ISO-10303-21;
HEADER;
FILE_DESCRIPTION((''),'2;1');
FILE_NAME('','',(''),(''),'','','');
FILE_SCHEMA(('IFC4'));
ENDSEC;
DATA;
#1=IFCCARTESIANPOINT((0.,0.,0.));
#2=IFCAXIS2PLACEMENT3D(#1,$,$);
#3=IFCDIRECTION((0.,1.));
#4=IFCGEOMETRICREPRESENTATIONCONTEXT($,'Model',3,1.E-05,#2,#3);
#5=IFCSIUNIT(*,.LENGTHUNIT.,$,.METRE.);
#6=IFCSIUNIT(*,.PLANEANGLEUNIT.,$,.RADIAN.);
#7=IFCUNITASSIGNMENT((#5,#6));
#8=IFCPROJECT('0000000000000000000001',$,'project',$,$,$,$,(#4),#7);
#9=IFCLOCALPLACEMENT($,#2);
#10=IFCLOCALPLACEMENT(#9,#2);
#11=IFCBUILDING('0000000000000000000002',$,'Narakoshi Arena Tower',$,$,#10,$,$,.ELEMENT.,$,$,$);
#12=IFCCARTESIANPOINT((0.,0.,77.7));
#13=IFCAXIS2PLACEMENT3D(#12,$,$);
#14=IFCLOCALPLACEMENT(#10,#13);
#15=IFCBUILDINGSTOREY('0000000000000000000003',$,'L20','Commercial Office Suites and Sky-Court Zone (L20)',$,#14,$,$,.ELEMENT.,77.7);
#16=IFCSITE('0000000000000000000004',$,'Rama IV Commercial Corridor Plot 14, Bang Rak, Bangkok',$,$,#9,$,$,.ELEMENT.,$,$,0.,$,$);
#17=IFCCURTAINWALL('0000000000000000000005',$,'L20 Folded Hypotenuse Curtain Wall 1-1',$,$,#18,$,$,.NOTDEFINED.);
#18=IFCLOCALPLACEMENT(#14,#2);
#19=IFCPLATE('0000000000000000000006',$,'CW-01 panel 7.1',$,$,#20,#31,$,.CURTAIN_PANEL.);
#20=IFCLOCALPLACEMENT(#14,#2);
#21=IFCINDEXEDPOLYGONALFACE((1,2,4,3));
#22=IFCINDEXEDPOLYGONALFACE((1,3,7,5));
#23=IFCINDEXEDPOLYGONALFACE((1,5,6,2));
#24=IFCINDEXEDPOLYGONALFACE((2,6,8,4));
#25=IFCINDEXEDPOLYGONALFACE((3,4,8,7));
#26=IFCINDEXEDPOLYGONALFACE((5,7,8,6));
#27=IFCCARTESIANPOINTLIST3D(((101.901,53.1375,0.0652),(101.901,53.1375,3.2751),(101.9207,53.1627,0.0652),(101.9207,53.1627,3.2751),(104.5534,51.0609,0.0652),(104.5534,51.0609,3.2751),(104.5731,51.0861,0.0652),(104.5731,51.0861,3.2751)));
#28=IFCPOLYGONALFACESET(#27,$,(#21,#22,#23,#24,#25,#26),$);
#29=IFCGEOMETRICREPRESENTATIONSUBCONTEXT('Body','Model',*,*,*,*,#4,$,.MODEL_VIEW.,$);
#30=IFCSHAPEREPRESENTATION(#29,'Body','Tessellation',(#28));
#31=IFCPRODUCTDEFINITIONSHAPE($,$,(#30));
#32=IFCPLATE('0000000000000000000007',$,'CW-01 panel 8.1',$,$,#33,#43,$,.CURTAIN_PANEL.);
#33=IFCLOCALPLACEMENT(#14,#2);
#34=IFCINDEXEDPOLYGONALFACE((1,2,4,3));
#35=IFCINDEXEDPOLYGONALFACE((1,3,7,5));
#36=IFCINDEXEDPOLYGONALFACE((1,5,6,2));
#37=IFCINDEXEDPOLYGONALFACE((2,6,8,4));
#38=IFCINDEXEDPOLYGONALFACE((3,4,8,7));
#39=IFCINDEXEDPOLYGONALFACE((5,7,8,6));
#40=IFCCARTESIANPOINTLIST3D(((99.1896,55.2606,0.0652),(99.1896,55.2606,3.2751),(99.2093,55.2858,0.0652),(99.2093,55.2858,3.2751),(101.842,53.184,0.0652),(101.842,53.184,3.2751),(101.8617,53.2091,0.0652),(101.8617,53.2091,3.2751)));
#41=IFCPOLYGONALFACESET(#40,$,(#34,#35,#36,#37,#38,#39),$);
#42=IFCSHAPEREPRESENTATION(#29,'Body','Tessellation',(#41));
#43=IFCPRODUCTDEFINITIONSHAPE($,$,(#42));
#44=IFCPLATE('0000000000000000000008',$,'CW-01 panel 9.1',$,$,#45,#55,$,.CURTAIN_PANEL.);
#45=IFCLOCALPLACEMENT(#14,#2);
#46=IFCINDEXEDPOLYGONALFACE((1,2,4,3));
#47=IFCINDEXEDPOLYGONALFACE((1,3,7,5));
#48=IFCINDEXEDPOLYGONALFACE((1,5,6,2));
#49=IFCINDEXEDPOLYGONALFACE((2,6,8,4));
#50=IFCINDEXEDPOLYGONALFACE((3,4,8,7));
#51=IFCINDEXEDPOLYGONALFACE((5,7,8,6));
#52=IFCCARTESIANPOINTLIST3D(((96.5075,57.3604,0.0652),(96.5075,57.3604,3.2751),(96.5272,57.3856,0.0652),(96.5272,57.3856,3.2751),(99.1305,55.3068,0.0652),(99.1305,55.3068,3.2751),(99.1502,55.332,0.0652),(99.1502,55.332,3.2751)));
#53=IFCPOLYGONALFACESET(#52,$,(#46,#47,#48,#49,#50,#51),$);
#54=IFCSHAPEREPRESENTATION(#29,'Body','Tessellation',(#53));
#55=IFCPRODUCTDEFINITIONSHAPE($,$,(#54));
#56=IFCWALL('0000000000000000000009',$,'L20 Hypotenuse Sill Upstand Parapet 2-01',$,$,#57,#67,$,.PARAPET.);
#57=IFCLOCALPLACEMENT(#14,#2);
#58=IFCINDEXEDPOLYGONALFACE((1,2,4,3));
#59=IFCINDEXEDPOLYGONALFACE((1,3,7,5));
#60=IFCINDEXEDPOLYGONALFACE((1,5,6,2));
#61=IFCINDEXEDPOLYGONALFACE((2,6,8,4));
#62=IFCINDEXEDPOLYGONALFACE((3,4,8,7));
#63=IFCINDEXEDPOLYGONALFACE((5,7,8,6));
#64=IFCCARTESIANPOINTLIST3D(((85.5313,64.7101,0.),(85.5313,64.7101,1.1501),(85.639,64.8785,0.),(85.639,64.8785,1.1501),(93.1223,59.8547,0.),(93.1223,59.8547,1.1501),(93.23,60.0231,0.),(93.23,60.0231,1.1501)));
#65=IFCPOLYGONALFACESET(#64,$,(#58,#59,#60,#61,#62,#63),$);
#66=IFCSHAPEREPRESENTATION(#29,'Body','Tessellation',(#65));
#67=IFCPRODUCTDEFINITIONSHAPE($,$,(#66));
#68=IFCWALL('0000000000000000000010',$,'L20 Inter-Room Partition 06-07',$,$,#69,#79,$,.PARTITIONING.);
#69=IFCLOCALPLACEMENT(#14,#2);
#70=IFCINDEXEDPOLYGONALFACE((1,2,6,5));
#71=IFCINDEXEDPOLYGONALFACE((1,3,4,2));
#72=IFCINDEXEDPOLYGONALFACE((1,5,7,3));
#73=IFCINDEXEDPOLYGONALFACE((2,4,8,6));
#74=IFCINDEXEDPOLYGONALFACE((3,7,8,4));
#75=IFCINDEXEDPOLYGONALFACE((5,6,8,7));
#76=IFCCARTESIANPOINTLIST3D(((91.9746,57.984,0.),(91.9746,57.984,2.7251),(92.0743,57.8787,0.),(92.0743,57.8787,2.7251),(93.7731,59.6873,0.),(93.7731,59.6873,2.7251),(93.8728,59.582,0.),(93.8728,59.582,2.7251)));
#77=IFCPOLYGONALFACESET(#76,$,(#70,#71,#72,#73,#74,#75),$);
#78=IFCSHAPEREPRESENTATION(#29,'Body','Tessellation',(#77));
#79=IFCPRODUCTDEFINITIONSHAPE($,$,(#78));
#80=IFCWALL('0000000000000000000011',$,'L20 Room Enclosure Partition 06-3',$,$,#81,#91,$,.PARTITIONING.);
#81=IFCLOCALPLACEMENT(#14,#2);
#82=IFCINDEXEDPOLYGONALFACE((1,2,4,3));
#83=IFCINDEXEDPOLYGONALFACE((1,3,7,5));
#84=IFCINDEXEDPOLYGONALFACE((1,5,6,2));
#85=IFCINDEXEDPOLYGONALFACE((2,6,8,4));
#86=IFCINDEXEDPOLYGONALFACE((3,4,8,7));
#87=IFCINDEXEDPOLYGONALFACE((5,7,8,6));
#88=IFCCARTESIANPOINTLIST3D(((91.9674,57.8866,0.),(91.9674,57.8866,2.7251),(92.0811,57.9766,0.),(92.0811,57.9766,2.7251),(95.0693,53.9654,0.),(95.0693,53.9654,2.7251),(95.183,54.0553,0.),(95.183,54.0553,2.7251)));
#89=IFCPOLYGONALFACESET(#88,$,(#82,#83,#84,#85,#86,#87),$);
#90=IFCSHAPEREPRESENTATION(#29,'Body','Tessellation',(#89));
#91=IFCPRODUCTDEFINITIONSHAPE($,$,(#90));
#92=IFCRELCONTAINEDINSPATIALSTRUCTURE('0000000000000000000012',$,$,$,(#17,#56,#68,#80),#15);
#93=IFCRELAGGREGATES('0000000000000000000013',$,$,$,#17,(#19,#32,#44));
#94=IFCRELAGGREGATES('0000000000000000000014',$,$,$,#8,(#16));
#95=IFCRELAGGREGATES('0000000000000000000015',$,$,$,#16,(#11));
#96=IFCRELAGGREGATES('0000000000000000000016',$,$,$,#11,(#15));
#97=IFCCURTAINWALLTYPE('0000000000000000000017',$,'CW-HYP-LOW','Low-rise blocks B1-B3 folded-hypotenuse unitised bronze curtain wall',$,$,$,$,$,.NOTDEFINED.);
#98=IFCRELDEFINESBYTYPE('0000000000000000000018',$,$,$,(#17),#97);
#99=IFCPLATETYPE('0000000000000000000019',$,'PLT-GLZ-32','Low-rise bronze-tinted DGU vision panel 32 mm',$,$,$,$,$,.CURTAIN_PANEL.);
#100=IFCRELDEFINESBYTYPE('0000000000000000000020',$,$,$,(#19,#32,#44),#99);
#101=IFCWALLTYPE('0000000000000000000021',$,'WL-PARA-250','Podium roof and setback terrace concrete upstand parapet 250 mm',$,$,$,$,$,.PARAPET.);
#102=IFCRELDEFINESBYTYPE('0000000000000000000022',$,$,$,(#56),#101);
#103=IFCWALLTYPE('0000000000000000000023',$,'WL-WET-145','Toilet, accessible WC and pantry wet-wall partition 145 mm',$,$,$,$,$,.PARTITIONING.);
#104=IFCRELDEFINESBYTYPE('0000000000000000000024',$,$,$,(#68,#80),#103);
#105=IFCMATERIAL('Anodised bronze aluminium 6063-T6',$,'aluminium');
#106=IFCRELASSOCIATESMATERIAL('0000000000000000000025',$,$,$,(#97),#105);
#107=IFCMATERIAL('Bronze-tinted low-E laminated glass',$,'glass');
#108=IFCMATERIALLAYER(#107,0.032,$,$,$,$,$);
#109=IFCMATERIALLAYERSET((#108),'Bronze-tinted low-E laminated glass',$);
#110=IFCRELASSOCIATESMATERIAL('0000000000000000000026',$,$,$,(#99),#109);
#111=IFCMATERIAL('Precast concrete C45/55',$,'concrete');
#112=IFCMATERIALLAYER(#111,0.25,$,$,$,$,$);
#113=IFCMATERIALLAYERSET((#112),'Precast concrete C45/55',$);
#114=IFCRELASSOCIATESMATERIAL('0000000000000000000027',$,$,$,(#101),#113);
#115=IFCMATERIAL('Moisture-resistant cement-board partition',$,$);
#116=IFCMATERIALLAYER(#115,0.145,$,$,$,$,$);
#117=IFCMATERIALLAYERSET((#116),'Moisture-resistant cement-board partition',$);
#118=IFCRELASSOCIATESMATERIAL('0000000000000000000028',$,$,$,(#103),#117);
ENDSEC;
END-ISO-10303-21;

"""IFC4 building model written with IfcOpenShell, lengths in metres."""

from ifc_helpers import new_model, si_unit, direction, frame, frame_2d, origin, origin_2d, place, context, subcontext, project, spatial, rectangle, extrude, material, layer, layer_set, type_object, element, aggregate, save


model = new_model("IFC4")

# Units and contexts
model_context = context("Model", 3, precision=1e-05, world=origin(), true_north=direction((0.0, 1.0)))
body_context = subcontext(model_context, "Body", "Model", "MODEL_VIEW")
ifc_project = project(units=[si_unit("LENGTHUNIT", "METRE"), si_unit("PLANEANGLEUNIT", "RADIAN")], contexts=[model_context])

# Site, building, storey
site_placement = place(None, origin())
site = spatial("IfcSite", under=ifc_project, at=site_placement, Name="Rama IV Commercial Corridor Plot 14, Bang Rak, Bangkok", CompositionType="ELEMENT", RefElevation=0.0)
building_placement = place(site_placement, origin())
building = spatial("IfcBuilding", under=site, at=building_placement, Name="Narakoshi Arena Tower", CompositionType="ELEMENT")
storey_placement = place(building_placement, frame((0.0, 0.0, 77.7)))
storey = spatial("IfcBuildingStorey", under=building, at=storey_placement, Name="L20", Description="Commercial Office Suites and Sky-Court Zone (L20)", CompositionType="ELEMENT", Elevation=77.7)

# Curtain wall, plates
ifc_material_1 = material(Name="Anodised bronze aluminium 6063-T6", Category="aluminium")
curtain_wall_type = type_object("IfcCurtainWallType", Name="CW-HYP-LOW", Description="Low-rise blocks B1-B3 folded-hypotenuse unitised bronze curtain wall", PredefinedType="NOTDEFINED", material=ifc_material_1)
curtain_wall_placement = place(storey_placement, origin())
curtain_wall = element("IfcCurtainWall", 1, at=curtain_wall_placement, inside=storey, type_object=curtain_wall_type, Name="L20 Folded Hypotenuse Curtain Wall 1-1", PredefinedType="NOTDEFINED")
ifc_material_2 = material(Name="Bronze-tinted low-E laminated glass", Category="glass")
ifc_layer_1 = layer(ifc_material_2, 0.032)
ifc_layer_set_1 = layer_set([ifc_layer_1], Name="Bronze-tinted low-E laminated glass")
plate_type = type_object("IfcPlateType", Name="PLT-GLZ-32", Description="Low-rise bronze-tinted DGU vision panel 32 mm", PredefinedType="CURTAIN_PANEL", material=ifc_layer_set_1)
plate_1_placement = place(storey_placement, frame((103.2371, 52.1118, 0.0652), z_axis=(0.0, 0.0, 1.0), x_axis=(-0.787388, 0.616458, 0.0)))
plate_1 = element("IfcPlate", 2, at=plate_1_placement, type_object=plate_type, Name="CW-01 panel 7.1", PredefinedType="CURTAIN_PANEL", context=body_context, shape_type="SweptSolid", body=[
    extrude(rectangle(XDim=3.3687, YDim=0.032, at=origin_2d()), origin(), (0.0, 0.0, 1.0), 3.21),
])
plate_2_placement = place(storey_placement, frame((100.5256, 54.2349, 0.0652), z_axis=(0.0, 0.0, 1.0), x_axis=(-0.787388, 0.616458, 0.0)))
plate_2 = element("IfcPlate", 3, at=plate_2_placement, type_object=plate_type, Name="CW-01 panel 8.1", PredefinedType="CURTAIN_PANEL", context=body_context, shape_type="SweptSolid", body=[
    extrude(rectangle(XDim=3.3687, YDim=0.032, at=origin_2d()), origin(), (0.0, 0.0, 1.0), 3.21),
])
plate_3_placement = place(storey_placement, frame((97.8289, 56.3462, 0.0652), z_axis=(0.0, 0.0, 1.0), x_axis=(-0.787388, 0.616458, 0.0)))
plate_3 = element("IfcPlate", 4, at=plate_3_placement, type_object=plate_type, Name="CW-01 panel 9.1", PredefinedType="CURTAIN_PANEL", context=body_context, shape_type="SweptSolid", body=[
    extrude(rectangle(XDim=3.3313, YDim=0.032, at=origin_2d()), origin(), (0.0, 0.0, 1.0), 3.21),
])
aggregate(curtain_wall, [plate_1, plate_2, plate_3])

# Walls
ifc_material_3 = material(Name="Precast concrete C45/55", Category="concrete")
ifc_layer_2 = layer(ifc_material_3, 0.25)
ifc_layer_set_2 = layer_set([ifc_layer_2], Name="Precast concrete C45/55")
wall_type_1 = type_object("IfcWallType", Name="WL-PARA-250", Description="Podium roof and setback terrace concrete upstand parapet 250 mm", PredefinedType="PARAPET", material=ifc_layer_set_2)
wall_1_placement = place(storey_placement, frame((93.176, 59.939, 0.0), z_axis=(0.0, 0.0, 1.0), x_axis=(-0.842413, 0.538832, 0.0)))
element("IfcWall", 5, at=wall_1_placement, inside=storey, type_object=wall_type_1, Name="L20 Hypotenuse Sill Upstand Parapet 2-01", PredefinedType="PARAPET", context=body_context, shape_type="SweptSolid", body=[
    extrude(rectangle(XDim=9.011, YDim=0.2, at=frame_2d((4.5054, 0.0))), origin(), (0.0, 0.0, 1.0), 1.1501),
])
ifc_material_4 = material(Name="Moisture-resistant cement-board partition")
ifc_layer_3 = layer(ifc_material_4, 0.145)
ifc_layer_set_3 = layer_set([ifc_layer_3], Name="Moisture-resistant cement-board partition")
wall_type_2 = type_object("IfcWallType", Name="WL-WET-145", Description="Toilet, accessible WC and pantry wet-wall partition 145 mm", PredefinedType="PARTITIONING", material=ifc_layer_set_3)
wall_2_placement = place(storey_placement, frame((92.0244, 57.9314, 0.0), z_axis=(0.0, 0.0, 1.0), x_axis=(0.726064, 0.687627, 0.0)))
element("IfcWall", 6, at=wall_2_placement, inside=storey, type_object=wall_type_2, Name="L20 Inter-Room Partition 06-07", PredefinedType="PARTITIONING", context=body_context, shape_type="SweptSolid", body=[
    extrude(rectangle(XDim=2.4771, YDim=0.145, at=frame_2d((1.2385, 0.0))), origin(), (0.0, 0.0, 1.0), 2.7251),
])
wall_3_placement = place(storey_placement, frame((95.1262, 54.0103, 0.0), z_axis=(0.0, 0.0, 1.0), x_axis=(-0.620404, 0.784282, 0.0)))
element("IfcWall", 7, at=wall_3_placement, inside=storey, type_object=wall_type_2, Name="L20 Room Enclosure Partition 06-3", PredefinedType="PARTITIONING", context=body_context, shape_type="SweptSolid", body=[
    extrude(rectangle(XDim=4.9998, YDim=0.145, at=frame_2d((2.5, 0.0))), origin(), (0.0, 0.0, 1.0), 2.7251),
])

save(model, "model.ifc")
